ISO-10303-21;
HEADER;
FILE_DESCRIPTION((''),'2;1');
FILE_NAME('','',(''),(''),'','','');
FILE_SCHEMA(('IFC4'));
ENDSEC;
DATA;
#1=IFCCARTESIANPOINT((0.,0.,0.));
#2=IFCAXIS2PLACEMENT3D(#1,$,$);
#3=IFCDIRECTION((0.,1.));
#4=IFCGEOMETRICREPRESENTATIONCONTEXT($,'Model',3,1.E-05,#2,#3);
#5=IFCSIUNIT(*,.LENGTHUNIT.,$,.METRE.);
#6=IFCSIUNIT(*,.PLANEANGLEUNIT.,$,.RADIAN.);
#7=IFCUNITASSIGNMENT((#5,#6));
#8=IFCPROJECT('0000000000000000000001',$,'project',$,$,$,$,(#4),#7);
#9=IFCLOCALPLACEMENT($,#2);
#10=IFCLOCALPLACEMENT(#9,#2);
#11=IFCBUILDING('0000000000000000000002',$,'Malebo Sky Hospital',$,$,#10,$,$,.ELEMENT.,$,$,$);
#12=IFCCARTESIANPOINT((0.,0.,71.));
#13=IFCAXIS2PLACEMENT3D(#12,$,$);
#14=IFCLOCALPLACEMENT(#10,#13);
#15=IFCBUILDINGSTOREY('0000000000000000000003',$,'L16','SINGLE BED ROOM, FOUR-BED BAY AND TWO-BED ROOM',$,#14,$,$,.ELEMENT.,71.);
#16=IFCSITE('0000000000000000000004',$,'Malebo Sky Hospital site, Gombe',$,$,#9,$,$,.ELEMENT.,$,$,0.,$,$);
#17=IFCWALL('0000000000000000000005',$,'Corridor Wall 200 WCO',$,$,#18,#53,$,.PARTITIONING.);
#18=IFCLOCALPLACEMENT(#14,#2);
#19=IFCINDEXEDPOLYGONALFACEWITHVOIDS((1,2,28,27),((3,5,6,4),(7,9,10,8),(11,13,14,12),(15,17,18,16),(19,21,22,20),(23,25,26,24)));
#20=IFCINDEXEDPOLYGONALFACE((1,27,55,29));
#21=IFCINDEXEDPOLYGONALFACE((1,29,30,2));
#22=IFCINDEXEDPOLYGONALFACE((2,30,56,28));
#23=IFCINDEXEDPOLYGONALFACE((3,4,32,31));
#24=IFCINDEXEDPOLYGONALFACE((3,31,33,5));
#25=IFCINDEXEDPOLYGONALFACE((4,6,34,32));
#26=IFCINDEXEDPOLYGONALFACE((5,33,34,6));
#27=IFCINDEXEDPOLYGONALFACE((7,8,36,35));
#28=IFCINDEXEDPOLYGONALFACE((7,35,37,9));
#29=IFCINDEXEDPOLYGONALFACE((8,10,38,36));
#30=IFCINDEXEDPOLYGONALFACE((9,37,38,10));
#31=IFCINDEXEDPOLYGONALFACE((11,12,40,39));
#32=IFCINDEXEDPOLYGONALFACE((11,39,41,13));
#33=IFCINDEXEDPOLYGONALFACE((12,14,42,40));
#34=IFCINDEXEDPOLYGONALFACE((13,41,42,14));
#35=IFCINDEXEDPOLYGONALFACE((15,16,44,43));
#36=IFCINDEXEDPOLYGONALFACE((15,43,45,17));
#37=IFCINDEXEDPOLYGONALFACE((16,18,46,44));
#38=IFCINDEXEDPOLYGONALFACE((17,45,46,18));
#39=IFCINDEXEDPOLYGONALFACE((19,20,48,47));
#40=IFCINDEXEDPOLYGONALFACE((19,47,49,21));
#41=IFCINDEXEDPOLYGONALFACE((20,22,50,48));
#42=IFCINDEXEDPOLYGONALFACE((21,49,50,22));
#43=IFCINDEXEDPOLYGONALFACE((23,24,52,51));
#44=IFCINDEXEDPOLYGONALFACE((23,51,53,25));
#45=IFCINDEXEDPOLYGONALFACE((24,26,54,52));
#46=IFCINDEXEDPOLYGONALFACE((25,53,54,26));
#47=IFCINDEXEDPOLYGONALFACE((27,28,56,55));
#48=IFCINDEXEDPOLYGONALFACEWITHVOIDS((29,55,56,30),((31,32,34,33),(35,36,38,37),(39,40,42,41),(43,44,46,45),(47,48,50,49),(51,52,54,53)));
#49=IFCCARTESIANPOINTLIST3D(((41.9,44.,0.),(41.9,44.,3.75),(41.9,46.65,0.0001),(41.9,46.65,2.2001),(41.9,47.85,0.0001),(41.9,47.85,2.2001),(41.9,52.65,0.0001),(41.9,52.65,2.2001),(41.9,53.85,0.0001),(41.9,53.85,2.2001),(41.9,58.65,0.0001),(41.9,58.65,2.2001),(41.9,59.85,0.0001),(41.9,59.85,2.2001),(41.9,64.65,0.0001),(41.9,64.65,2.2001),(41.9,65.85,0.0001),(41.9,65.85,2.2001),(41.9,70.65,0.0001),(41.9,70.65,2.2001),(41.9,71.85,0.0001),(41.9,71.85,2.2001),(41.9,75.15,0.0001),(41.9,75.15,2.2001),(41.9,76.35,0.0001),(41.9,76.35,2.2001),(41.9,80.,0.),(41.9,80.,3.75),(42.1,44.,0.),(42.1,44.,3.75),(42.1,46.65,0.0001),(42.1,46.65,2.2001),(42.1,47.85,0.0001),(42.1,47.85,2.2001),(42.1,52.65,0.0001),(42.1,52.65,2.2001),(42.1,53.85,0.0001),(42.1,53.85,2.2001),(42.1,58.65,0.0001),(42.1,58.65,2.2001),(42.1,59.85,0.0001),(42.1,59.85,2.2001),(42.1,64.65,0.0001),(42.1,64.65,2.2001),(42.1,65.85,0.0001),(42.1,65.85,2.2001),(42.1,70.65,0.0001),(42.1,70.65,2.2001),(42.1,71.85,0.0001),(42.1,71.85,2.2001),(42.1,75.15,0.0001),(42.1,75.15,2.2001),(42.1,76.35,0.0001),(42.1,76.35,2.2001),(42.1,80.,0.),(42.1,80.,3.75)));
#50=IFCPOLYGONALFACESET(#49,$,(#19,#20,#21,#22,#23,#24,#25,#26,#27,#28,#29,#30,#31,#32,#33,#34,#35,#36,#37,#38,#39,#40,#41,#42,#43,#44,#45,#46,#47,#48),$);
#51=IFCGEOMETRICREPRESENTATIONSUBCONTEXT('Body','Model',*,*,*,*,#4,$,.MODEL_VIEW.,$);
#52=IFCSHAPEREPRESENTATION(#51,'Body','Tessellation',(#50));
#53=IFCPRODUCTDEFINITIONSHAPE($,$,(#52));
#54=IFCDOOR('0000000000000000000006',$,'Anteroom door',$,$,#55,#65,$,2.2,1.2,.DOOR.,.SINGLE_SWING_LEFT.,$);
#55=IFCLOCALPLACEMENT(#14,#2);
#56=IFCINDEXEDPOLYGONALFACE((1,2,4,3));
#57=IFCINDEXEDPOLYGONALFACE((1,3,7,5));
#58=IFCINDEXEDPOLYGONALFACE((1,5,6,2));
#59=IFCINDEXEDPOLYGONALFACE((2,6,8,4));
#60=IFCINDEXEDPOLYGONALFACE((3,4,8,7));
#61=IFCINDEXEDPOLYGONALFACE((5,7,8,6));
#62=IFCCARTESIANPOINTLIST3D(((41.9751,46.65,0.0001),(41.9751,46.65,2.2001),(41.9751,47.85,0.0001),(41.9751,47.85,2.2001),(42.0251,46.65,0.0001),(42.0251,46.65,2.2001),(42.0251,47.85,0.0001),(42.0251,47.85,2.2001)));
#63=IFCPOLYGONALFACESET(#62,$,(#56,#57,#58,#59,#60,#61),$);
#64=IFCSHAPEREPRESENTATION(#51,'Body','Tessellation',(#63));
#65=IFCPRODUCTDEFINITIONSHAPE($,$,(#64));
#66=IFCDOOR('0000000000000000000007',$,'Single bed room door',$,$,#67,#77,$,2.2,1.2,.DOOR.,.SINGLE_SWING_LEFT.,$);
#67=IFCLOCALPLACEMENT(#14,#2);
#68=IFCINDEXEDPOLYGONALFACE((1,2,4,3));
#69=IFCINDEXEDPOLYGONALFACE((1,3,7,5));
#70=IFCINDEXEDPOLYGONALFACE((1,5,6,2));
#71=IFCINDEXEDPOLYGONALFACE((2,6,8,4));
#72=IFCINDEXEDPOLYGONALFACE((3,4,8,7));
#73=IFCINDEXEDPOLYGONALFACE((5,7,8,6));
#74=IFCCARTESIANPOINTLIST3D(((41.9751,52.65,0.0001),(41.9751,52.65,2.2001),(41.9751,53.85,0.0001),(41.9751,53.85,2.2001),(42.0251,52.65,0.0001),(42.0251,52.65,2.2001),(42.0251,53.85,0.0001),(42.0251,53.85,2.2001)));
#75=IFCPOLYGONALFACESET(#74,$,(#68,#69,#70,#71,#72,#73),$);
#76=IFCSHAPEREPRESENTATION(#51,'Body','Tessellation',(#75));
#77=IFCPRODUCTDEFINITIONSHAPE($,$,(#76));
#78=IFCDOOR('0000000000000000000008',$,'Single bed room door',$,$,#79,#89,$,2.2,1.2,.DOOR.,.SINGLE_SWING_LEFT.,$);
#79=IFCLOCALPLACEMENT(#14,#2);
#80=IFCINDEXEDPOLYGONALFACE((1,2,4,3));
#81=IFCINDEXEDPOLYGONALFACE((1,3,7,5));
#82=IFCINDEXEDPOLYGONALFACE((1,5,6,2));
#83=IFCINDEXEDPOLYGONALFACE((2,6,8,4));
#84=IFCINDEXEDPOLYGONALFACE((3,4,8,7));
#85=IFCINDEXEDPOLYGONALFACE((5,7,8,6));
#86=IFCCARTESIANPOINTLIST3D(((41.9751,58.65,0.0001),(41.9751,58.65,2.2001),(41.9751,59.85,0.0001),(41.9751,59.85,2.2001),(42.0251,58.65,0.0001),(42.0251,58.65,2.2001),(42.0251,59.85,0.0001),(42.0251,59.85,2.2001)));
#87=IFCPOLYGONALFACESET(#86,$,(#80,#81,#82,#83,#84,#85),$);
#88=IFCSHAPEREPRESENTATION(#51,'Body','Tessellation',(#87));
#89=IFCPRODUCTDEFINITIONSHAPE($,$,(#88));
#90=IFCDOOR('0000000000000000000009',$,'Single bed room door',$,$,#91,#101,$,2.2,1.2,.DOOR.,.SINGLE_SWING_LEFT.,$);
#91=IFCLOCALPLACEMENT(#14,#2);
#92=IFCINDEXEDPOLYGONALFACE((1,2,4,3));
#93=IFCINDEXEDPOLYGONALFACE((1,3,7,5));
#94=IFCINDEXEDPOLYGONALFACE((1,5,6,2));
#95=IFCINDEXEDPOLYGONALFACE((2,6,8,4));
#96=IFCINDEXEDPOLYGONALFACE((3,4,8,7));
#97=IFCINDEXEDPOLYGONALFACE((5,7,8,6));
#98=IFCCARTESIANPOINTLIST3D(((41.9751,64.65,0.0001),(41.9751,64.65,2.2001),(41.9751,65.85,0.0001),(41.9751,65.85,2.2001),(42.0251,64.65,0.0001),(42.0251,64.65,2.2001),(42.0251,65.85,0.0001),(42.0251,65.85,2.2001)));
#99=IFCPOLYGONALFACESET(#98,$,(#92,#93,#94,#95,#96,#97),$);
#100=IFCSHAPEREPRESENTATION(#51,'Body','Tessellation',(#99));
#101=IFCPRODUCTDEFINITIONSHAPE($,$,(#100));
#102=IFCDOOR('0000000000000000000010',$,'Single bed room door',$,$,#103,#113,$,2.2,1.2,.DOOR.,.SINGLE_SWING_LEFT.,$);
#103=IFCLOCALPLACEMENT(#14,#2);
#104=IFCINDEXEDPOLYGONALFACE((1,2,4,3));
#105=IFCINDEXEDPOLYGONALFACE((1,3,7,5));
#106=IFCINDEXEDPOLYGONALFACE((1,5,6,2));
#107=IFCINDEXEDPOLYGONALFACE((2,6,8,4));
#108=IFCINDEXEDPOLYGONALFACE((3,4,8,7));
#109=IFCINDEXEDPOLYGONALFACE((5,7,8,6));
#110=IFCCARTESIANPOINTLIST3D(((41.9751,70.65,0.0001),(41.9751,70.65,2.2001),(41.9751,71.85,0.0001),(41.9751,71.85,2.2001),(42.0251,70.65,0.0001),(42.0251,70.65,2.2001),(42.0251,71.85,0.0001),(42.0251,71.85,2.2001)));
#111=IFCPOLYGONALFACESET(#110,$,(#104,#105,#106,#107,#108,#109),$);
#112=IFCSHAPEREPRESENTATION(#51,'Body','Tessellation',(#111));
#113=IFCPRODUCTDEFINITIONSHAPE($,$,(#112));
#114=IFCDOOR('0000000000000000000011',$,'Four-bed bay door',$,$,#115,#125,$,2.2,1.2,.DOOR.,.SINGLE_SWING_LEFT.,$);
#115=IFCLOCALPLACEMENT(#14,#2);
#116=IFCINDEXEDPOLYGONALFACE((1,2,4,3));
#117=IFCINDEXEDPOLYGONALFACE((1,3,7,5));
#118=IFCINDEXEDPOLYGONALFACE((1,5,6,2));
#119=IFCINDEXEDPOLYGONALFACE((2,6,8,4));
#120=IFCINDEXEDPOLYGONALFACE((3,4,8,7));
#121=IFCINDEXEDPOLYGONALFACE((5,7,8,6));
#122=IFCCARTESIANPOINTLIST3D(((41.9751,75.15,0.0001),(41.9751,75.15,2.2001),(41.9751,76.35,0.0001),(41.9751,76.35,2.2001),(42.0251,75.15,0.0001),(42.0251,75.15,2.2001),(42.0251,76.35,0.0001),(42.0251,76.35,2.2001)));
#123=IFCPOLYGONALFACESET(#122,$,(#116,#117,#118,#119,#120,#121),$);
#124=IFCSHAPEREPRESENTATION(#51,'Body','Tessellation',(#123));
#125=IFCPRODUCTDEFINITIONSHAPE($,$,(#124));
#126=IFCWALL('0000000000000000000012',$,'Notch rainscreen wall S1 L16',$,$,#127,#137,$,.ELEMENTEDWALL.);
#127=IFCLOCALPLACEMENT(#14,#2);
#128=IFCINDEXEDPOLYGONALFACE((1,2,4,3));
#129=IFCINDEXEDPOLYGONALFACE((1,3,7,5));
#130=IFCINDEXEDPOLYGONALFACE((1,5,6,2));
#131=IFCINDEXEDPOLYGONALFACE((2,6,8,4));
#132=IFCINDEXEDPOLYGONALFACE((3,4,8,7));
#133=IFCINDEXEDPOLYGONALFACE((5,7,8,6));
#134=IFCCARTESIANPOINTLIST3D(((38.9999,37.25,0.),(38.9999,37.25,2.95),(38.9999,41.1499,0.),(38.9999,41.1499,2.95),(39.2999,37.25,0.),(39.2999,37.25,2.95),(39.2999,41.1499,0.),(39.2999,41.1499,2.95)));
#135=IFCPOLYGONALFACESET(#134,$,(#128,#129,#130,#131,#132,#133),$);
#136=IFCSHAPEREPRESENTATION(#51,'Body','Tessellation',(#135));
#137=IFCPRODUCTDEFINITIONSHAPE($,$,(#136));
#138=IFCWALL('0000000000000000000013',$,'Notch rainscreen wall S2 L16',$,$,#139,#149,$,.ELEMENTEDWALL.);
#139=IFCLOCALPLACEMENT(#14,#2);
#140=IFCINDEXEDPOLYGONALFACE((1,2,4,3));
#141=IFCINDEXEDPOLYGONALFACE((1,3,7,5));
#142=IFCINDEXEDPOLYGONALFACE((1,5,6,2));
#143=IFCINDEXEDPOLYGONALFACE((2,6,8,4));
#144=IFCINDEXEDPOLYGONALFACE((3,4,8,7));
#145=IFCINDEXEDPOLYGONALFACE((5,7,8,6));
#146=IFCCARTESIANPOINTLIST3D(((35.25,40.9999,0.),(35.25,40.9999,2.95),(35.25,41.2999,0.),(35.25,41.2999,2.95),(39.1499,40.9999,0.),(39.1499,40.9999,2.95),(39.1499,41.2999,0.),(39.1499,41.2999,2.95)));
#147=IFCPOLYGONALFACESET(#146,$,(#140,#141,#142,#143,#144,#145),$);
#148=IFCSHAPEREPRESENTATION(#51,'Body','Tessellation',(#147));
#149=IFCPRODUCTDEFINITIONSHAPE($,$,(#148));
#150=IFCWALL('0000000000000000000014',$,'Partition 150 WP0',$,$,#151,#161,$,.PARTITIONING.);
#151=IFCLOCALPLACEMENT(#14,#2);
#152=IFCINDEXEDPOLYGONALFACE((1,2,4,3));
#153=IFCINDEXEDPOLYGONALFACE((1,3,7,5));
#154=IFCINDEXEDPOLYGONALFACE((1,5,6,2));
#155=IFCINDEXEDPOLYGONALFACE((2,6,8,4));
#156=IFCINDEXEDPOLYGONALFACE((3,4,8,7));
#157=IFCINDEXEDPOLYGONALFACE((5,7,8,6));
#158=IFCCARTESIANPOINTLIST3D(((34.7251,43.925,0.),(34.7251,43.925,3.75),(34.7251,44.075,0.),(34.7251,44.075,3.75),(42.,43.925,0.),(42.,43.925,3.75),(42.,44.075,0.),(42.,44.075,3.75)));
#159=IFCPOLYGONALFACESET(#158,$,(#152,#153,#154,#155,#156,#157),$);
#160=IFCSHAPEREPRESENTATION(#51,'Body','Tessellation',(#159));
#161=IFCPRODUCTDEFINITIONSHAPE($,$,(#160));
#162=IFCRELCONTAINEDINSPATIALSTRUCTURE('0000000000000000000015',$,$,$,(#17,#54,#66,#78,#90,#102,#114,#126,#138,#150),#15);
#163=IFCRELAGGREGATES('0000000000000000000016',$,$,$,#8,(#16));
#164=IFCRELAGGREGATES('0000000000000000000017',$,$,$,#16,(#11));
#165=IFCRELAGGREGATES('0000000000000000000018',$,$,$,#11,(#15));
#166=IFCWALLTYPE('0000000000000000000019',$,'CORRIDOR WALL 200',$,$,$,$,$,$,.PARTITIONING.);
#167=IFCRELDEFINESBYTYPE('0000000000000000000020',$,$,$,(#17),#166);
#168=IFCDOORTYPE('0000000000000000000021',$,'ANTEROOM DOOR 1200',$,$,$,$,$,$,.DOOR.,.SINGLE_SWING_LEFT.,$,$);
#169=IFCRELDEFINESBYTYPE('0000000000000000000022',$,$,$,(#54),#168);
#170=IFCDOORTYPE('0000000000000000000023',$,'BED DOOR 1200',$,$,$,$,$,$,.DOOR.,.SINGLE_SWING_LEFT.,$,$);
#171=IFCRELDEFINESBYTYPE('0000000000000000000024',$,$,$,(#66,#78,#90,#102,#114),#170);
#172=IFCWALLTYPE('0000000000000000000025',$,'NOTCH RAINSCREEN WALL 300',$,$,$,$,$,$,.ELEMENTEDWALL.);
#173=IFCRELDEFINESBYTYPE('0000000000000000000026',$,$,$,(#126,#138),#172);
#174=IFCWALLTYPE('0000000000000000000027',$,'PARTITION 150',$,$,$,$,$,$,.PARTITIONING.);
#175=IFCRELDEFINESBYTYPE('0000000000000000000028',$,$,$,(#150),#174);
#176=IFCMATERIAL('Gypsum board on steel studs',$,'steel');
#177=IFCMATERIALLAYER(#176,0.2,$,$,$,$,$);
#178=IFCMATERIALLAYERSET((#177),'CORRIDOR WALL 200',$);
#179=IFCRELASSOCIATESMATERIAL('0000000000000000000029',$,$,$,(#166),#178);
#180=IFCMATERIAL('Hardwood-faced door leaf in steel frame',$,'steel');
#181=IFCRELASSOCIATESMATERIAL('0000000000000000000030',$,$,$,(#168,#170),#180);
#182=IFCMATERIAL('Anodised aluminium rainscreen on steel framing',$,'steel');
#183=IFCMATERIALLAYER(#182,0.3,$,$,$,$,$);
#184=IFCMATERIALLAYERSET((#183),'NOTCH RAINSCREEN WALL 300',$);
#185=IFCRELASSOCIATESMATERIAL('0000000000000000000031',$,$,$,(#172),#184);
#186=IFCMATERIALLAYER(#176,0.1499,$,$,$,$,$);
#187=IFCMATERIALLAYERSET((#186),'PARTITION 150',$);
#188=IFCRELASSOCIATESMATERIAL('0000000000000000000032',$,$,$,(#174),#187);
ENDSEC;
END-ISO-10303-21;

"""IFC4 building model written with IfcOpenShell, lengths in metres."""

from ifc_helpers import new_model, si_unit, direction, frame, frame_2d, origin, place, context, subcontext, project, spatial, rectangle, extrude, material, layer, layer_set, type_object, element, fill, save


model = new_model("IFC4")

# Units and contexts
model_context = context("Model", 3, precision=1e-05, world=origin(), true_north=direction((0.0, 1.0)))
body_context = subcontext(model_context, "Body", "Model", "MODEL_VIEW")
ifc_project = project(units=[si_unit("LENGTHUNIT", "METRE"), si_unit("PLANEANGLEUNIT", "RADIAN")], contexts=[model_context])

# Site, building, storey
site_placement = place(None, origin())
site = spatial("IfcSite", under=ifc_project, at=site_placement, Name="Malebo Sky Hospital site, Gombe", CompositionType="ELEMENT", RefElevation=0.0)
building_placement = place(site_placement, origin())
building = spatial("IfcBuilding", under=site, at=building_placement, Name="Malebo Sky Hospital", CompositionType="ELEMENT")
storey_placement = place(building_placement, frame((0.0, 0.0, 71.0)))
storey = spatial("IfcBuildingStorey", under=building, at=storey_placement, Name="L16", Description="SINGLE BED ROOM, FOUR-BED BAY AND TWO-BED ROOM", CompositionType="ELEMENT", Elevation=71.0)

# Wall, openings, doors
ifc_material_1 = material(Name="Gypsum board on steel studs", Category="steel")
ifc_layer_1 = layer(ifc_material_1, 0.2)
ifc_layer_set_1 = layer_set([ifc_layer_1], Name="CORRIDOR WALL 200")
wall_type_1 = type_object("IfcWallType", Name="CORRIDOR WALL 200", PredefinedType="PARTITIONING", material=ifc_layer_set_1)
wall_1_placement = place(storey_placement, frame((42.0, 44.0, 0.0), z_axis=(0.0, 0.0, 1.0), x_axis=(0.0, 1.0, 0.0)))
wall_1 = element("IfcWall", 1, at=wall_1_placement, inside=storey, type_object=wall_type_1, Name="Corridor Wall 200 WCO", PredefinedType="PARTITIONING", context=body_context, shape_type="SweptSolid", body=[
    extrude(rectangle(XDim=36.0, YDim=0.2, at=frame_2d((18.0, 0.0))), origin(), (0.0, 0.0, 1.0), 3.75),
])
opening_1_placement = place(wall_1_placement, frame((2.6499, 0.0, 0.0)))
opening_1 = element("IfcOpeningElement", 2, at=opening_1_placement, cuts=wall_1, PredefinedType="OPENING", context=body_context, shape_type="SweptSolid", body=[
    extrude(rectangle(XDim=1.2, YDim=2.2, at=frame_2d((0.6001, 1.1001))), frame((0.0, 0.1099, 0.0), z_axis=(0.0, -1.0, 0.0), x_axis=(1.0, 0.0, 0.0)), (0.0, 0.0, 1.0), 0.22),
])
opening_2_placement = place(wall_1_placement, frame((8.6499, 0.0, 0.0)))
opening_2 = element("IfcOpeningElement", 3, at=opening_2_placement, cuts=wall_1, PredefinedType="OPENING", context=body_context, shape_type="SweptSolid", body=[
    extrude(rectangle(XDim=1.2, YDim=2.2, at=frame_2d((0.6001, 1.1001))), frame((0.0, 0.1099, 0.0), z_axis=(0.0, -1.0, 0.0), x_axis=(1.0, 0.0, 0.0)), (0.0, 0.0, 1.0), 0.22),
])
opening_3_placement = place(wall_1_placement, frame((14.6499, 0.0, 0.0)))
opening_3 = element("IfcOpeningElement", 4, at=opening_3_placement, cuts=wall_1, PredefinedType="OPENING", context=body_context, shape_type="SweptSolid", body=[
    extrude(rectangle(XDim=1.2, YDim=2.2, at=frame_2d((0.6001, 1.1001))), frame((0.0, 0.1099, 0.0), z_axis=(0.0, -1.0, 0.0), x_axis=(1.0, 0.0, 0.0)), (0.0, 0.0, 1.0), 0.22),
])
opening_4_placement = place(wall_1_placement, frame((20.6499, 0.0, 0.0)))
opening_4 = element("IfcOpeningElement", 5, at=opening_4_placement, cuts=wall_1, PredefinedType="OPENING", context=body_context, shape_type="SweptSolid", body=[
    extrude(rectangle(XDim=1.2, YDim=2.2, at=frame_2d((0.6001, 1.1001))), frame((0.0, 0.1099, 0.0), z_axis=(0.0, -1.0, 0.0), x_axis=(1.0, 0.0, 0.0)), (0.0, 0.0, 1.0), 0.22),
])
opening_5_placement = place(wall_1_placement, frame((26.6499, 0.0, 0.0)))
opening_5 = element("IfcOpeningElement", 6, at=opening_5_placement, cuts=wall_1, PredefinedType="OPENING", context=body_context, shape_type="SweptSolid", body=[
    extrude(rectangle(XDim=1.2, YDim=2.2, at=frame_2d((0.6001, 1.1001))), frame((0.0, 0.1099, 0.0), z_axis=(0.0, -1.0, 0.0), x_axis=(1.0, 0.0, 0.0)), (0.0, 0.0, 1.0), 0.22),
])
opening_6_placement = place(wall_1_placement, frame((31.1499, 0.0, 0.0)))
opening_6 = element("IfcOpeningElement", 7, at=opening_6_placement, cuts=wall_1, PredefinedType="OPENING", context=body_context, shape_type="SweptSolid", body=[
    extrude(rectangle(XDim=1.2, YDim=2.2, at=frame_2d((0.6001, 1.1001))), frame((0.0, 0.1099, 0.0), z_axis=(0.0, -1.0, 0.0), x_axis=(1.0, 0.0, 0.0)), (0.0, 0.0, 1.0), 0.22),
])
ifc_material_2 = material(Name="Hardwood-faced door leaf in steel frame", Category="steel")
door_type_1 = type_object("IfcDoorType", Name="ANTEROOM DOOR 1200", OperationType="SINGLE_SWING_LEFT", PredefinedType="DOOR", material=ifc_material_2)
door_1_placement = place(opening_1_placement, origin())
door_1 = element("IfcDoor", 8, at=door_1_placement, inside=storey, type_object=door_type_1, Name="Anteroom door", OperationType="SINGLE_SWING_LEFT", OverallHeight=2.2, OverallWidth=1.2, PredefinedType="DOOR", context=body_context, shape_type="SweptSolid", body=[
    extrude(rectangle(XDim=1.2, YDim=2.2, at=frame_2d((0.6001, 1.1001))), frame((0.0, 0.0249, 0.0), z_axis=(0.0, -1.0, 0.0), x_axis=(1.0, 0.0, 0.0)), (0.0, 0.0, 1.0), 0.05),
])
fill(opening_1, door_1)
door_type_2 = type_object("IfcDoorType", Name="BED DOOR 1200", OperationType="SINGLE_SWING_LEFT", PredefinedType="DOOR", material=ifc_material_2)
door_2_placement = place(opening_2_placement, origin())
door_2 = element("IfcDoor", 9, at=door_2_placement, inside=storey, type_object=door_type_2, Name="Single bed room door", OperationType="SINGLE_SWING_LEFT", OverallHeight=2.2, OverallWidth=1.2, PredefinedType="DOOR", context=body_context, shape_type="SweptSolid", body=[
    extrude(rectangle(XDim=1.2, YDim=2.2, at=frame_2d((0.6001, 1.1001))), frame((0.0, 0.0249, 0.0), z_axis=(0.0, -1.0, 0.0), x_axis=(1.0, 0.0, 0.0)), (0.0, 0.0, 1.0), 0.05),
])
fill(opening_2, door_2)
door_3_placement = place(opening_3_placement, origin())
door_3 = element("IfcDoor", 10, at=door_3_placement, inside=storey, type_object=door_type_2, Name="Single bed room door", OperationType="SINGLE_SWING_LEFT", OverallHeight=2.2, OverallWidth=1.2, PredefinedType="DOOR", context=body_context, shape_type="SweptSolid", body=[
    extrude(rectangle(XDim=1.2, YDim=2.2, at=frame_2d((0.6001, 1.1001))), frame((0.0, 0.0249, 0.0), z_axis=(0.0, -1.0, 0.0), x_axis=(1.0, 0.0, 0.0)), (0.0, 0.0, 1.0), 0.05),
])
fill(opening_3, door_3)
door_4_placement = place(opening_4_placement, origin())
door_4 = element("IfcDoor", 11, at=door_4_placement, inside=storey, type_object=door_type_2, Name="Single bed room door", OperationType="SINGLE_SWING_LEFT", OverallHeight=2.2, OverallWidth=1.2, PredefinedType="DOOR", context=body_context, shape_type="SweptSolid", body=[
    extrude(rectangle(XDim=1.2, YDim=2.2, at=frame_2d((0.6001, 1.1001))), frame((0.0, 0.0249, 0.0), z_axis=(0.0, -1.0, 0.0), x_axis=(1.0, 0.0, 0.0)), (0.0, 0.0, 1.0), 0.05),
])
fill(opening_4, door_4)
door_5_placement = place(opening_5_placement, origin())
door_5 = element("IfcDoor", 12, at=door_5_placement, inside=storey, type_object=door_type_2, Name="Single bed room door", OperationType="SINGLE_SWING_LEFT", OverallHeight=2.2, OverallWidth=1.2, PredefinedType="DOOR", context=body_context, shape_type="SweptSolid", body=[
    extrude(rectangle(XDim=1.2, YDim=2.2, at=frame_2d((0.6001, 1.1001))), frame((0.0, 0.0249, 0.0), z_axis=(0.0, -1.0, 0.0), x_axis=(1.0, 0.0, 0.0)), (0.0, 0.0, 1.0), 0.05),
])
fill(opening_5, door_5)
door_6_placement = place(opening_6_placement, origin())
door_6 = element("IfcDoor", 13, at=door_6_placement, inside=storey, type_object=door_type_2, Name="Four-bed bay door", OperationType="SINGLE_SWING_LEFT", OverallHeight=2.2, OverallWidth=1.2, PredefinedType="DOOR", context=body_context, shape_type="SweptSolid", body=[
    extrude(rectangle(XDim=1.2, YDim=2.2, at=frame_2d((0.6001, 1.1001))), frame((0.0, 0.0249, 0.0), z_axis=(0.0, -1.0, 0.0), x_axis=(1.0, 0.0, 0.0)), (0.0, 0.0, 1.0), 0.05),
])
fill(opening_6, door_6)

# Walls
ifc_material_3 = material(Name="Anodised aluminium rainscreen on steel framing", Category="steel")
ifc_layer_2 = layer(ifc_material_3, 0.3)
ifc_layer_set_2 = layer_set([ifc_layer_2], Name="NOTCH RAINSCREEN WALL 300")
wall_type_2 = type_object("IfcWallType", Name="NOTCH RAINSCREEN WALL 300", PredefinedType="ELEMENTEDWALL", material=ifc_layer_set_2)
for number, where, z_axis, x_axis, name in (
    (14, (39.1499, 37.25, 0.0), (0.0, 0.0, 1.0), (0.0, 1.0, 0.0), "Notch rainscreen wall S1 L16"),
    (15, (39.1499, 41.1499, 0.0), (0.0, 0.0, 1.0), (-1.0, 0.0, 0.0), "Notch rainscreen wall S2 L16"),
):
    element("IfcWall", number, at=place(storey_placement, frame(where, z_axis=z_axis, x_axis=x_axis)), inside=storey, type_object=wall_type_2, Name=name, PredefinedType="ELEMENTEDWALL", context=body_context, shape_type="SweptSolid", body=[
        extrude(rectangle(XDim=3.8999, YDim=0.3, at=frame_2d((1.95, 0.0))), origin(), (0.0, 0.0, 1.0), 2.95),
    ])
ifc_layer_3 = layer(ifc_material_1, 0.1499)
ifc_layer_set_3 = layer_set([ifc_layer_3], Name="PARTITION 150")
wall_type_3 = type_object("IfcWallType", Name="PARTITION 150", PredefinedType="PARTITIONING", material=ifc_layer_set_3)
wall_2_placement = place(storey_placement, frame((42.0, 44.0, 0.0), z_axis=(0.0, 0.0, 1.0), x_axis=(-1.0, 0.0, 0.0)))
element("IfcWall", 16, at=wall_2_placement, inside=storey, type_object=wall_type_3, Name="Partition 150 WP0", PredefinedType="PARTITIONING", context=body_context, shape_type="SweptSolid", body=[
    extrude(rectangle(XDim=7.2749, YDim=0.1499, at=frame_2d((3.6375, 0.0))), origin(), (0.0, 0.0, 1.0), 3.75),
])

save(model, "model.ifc")
